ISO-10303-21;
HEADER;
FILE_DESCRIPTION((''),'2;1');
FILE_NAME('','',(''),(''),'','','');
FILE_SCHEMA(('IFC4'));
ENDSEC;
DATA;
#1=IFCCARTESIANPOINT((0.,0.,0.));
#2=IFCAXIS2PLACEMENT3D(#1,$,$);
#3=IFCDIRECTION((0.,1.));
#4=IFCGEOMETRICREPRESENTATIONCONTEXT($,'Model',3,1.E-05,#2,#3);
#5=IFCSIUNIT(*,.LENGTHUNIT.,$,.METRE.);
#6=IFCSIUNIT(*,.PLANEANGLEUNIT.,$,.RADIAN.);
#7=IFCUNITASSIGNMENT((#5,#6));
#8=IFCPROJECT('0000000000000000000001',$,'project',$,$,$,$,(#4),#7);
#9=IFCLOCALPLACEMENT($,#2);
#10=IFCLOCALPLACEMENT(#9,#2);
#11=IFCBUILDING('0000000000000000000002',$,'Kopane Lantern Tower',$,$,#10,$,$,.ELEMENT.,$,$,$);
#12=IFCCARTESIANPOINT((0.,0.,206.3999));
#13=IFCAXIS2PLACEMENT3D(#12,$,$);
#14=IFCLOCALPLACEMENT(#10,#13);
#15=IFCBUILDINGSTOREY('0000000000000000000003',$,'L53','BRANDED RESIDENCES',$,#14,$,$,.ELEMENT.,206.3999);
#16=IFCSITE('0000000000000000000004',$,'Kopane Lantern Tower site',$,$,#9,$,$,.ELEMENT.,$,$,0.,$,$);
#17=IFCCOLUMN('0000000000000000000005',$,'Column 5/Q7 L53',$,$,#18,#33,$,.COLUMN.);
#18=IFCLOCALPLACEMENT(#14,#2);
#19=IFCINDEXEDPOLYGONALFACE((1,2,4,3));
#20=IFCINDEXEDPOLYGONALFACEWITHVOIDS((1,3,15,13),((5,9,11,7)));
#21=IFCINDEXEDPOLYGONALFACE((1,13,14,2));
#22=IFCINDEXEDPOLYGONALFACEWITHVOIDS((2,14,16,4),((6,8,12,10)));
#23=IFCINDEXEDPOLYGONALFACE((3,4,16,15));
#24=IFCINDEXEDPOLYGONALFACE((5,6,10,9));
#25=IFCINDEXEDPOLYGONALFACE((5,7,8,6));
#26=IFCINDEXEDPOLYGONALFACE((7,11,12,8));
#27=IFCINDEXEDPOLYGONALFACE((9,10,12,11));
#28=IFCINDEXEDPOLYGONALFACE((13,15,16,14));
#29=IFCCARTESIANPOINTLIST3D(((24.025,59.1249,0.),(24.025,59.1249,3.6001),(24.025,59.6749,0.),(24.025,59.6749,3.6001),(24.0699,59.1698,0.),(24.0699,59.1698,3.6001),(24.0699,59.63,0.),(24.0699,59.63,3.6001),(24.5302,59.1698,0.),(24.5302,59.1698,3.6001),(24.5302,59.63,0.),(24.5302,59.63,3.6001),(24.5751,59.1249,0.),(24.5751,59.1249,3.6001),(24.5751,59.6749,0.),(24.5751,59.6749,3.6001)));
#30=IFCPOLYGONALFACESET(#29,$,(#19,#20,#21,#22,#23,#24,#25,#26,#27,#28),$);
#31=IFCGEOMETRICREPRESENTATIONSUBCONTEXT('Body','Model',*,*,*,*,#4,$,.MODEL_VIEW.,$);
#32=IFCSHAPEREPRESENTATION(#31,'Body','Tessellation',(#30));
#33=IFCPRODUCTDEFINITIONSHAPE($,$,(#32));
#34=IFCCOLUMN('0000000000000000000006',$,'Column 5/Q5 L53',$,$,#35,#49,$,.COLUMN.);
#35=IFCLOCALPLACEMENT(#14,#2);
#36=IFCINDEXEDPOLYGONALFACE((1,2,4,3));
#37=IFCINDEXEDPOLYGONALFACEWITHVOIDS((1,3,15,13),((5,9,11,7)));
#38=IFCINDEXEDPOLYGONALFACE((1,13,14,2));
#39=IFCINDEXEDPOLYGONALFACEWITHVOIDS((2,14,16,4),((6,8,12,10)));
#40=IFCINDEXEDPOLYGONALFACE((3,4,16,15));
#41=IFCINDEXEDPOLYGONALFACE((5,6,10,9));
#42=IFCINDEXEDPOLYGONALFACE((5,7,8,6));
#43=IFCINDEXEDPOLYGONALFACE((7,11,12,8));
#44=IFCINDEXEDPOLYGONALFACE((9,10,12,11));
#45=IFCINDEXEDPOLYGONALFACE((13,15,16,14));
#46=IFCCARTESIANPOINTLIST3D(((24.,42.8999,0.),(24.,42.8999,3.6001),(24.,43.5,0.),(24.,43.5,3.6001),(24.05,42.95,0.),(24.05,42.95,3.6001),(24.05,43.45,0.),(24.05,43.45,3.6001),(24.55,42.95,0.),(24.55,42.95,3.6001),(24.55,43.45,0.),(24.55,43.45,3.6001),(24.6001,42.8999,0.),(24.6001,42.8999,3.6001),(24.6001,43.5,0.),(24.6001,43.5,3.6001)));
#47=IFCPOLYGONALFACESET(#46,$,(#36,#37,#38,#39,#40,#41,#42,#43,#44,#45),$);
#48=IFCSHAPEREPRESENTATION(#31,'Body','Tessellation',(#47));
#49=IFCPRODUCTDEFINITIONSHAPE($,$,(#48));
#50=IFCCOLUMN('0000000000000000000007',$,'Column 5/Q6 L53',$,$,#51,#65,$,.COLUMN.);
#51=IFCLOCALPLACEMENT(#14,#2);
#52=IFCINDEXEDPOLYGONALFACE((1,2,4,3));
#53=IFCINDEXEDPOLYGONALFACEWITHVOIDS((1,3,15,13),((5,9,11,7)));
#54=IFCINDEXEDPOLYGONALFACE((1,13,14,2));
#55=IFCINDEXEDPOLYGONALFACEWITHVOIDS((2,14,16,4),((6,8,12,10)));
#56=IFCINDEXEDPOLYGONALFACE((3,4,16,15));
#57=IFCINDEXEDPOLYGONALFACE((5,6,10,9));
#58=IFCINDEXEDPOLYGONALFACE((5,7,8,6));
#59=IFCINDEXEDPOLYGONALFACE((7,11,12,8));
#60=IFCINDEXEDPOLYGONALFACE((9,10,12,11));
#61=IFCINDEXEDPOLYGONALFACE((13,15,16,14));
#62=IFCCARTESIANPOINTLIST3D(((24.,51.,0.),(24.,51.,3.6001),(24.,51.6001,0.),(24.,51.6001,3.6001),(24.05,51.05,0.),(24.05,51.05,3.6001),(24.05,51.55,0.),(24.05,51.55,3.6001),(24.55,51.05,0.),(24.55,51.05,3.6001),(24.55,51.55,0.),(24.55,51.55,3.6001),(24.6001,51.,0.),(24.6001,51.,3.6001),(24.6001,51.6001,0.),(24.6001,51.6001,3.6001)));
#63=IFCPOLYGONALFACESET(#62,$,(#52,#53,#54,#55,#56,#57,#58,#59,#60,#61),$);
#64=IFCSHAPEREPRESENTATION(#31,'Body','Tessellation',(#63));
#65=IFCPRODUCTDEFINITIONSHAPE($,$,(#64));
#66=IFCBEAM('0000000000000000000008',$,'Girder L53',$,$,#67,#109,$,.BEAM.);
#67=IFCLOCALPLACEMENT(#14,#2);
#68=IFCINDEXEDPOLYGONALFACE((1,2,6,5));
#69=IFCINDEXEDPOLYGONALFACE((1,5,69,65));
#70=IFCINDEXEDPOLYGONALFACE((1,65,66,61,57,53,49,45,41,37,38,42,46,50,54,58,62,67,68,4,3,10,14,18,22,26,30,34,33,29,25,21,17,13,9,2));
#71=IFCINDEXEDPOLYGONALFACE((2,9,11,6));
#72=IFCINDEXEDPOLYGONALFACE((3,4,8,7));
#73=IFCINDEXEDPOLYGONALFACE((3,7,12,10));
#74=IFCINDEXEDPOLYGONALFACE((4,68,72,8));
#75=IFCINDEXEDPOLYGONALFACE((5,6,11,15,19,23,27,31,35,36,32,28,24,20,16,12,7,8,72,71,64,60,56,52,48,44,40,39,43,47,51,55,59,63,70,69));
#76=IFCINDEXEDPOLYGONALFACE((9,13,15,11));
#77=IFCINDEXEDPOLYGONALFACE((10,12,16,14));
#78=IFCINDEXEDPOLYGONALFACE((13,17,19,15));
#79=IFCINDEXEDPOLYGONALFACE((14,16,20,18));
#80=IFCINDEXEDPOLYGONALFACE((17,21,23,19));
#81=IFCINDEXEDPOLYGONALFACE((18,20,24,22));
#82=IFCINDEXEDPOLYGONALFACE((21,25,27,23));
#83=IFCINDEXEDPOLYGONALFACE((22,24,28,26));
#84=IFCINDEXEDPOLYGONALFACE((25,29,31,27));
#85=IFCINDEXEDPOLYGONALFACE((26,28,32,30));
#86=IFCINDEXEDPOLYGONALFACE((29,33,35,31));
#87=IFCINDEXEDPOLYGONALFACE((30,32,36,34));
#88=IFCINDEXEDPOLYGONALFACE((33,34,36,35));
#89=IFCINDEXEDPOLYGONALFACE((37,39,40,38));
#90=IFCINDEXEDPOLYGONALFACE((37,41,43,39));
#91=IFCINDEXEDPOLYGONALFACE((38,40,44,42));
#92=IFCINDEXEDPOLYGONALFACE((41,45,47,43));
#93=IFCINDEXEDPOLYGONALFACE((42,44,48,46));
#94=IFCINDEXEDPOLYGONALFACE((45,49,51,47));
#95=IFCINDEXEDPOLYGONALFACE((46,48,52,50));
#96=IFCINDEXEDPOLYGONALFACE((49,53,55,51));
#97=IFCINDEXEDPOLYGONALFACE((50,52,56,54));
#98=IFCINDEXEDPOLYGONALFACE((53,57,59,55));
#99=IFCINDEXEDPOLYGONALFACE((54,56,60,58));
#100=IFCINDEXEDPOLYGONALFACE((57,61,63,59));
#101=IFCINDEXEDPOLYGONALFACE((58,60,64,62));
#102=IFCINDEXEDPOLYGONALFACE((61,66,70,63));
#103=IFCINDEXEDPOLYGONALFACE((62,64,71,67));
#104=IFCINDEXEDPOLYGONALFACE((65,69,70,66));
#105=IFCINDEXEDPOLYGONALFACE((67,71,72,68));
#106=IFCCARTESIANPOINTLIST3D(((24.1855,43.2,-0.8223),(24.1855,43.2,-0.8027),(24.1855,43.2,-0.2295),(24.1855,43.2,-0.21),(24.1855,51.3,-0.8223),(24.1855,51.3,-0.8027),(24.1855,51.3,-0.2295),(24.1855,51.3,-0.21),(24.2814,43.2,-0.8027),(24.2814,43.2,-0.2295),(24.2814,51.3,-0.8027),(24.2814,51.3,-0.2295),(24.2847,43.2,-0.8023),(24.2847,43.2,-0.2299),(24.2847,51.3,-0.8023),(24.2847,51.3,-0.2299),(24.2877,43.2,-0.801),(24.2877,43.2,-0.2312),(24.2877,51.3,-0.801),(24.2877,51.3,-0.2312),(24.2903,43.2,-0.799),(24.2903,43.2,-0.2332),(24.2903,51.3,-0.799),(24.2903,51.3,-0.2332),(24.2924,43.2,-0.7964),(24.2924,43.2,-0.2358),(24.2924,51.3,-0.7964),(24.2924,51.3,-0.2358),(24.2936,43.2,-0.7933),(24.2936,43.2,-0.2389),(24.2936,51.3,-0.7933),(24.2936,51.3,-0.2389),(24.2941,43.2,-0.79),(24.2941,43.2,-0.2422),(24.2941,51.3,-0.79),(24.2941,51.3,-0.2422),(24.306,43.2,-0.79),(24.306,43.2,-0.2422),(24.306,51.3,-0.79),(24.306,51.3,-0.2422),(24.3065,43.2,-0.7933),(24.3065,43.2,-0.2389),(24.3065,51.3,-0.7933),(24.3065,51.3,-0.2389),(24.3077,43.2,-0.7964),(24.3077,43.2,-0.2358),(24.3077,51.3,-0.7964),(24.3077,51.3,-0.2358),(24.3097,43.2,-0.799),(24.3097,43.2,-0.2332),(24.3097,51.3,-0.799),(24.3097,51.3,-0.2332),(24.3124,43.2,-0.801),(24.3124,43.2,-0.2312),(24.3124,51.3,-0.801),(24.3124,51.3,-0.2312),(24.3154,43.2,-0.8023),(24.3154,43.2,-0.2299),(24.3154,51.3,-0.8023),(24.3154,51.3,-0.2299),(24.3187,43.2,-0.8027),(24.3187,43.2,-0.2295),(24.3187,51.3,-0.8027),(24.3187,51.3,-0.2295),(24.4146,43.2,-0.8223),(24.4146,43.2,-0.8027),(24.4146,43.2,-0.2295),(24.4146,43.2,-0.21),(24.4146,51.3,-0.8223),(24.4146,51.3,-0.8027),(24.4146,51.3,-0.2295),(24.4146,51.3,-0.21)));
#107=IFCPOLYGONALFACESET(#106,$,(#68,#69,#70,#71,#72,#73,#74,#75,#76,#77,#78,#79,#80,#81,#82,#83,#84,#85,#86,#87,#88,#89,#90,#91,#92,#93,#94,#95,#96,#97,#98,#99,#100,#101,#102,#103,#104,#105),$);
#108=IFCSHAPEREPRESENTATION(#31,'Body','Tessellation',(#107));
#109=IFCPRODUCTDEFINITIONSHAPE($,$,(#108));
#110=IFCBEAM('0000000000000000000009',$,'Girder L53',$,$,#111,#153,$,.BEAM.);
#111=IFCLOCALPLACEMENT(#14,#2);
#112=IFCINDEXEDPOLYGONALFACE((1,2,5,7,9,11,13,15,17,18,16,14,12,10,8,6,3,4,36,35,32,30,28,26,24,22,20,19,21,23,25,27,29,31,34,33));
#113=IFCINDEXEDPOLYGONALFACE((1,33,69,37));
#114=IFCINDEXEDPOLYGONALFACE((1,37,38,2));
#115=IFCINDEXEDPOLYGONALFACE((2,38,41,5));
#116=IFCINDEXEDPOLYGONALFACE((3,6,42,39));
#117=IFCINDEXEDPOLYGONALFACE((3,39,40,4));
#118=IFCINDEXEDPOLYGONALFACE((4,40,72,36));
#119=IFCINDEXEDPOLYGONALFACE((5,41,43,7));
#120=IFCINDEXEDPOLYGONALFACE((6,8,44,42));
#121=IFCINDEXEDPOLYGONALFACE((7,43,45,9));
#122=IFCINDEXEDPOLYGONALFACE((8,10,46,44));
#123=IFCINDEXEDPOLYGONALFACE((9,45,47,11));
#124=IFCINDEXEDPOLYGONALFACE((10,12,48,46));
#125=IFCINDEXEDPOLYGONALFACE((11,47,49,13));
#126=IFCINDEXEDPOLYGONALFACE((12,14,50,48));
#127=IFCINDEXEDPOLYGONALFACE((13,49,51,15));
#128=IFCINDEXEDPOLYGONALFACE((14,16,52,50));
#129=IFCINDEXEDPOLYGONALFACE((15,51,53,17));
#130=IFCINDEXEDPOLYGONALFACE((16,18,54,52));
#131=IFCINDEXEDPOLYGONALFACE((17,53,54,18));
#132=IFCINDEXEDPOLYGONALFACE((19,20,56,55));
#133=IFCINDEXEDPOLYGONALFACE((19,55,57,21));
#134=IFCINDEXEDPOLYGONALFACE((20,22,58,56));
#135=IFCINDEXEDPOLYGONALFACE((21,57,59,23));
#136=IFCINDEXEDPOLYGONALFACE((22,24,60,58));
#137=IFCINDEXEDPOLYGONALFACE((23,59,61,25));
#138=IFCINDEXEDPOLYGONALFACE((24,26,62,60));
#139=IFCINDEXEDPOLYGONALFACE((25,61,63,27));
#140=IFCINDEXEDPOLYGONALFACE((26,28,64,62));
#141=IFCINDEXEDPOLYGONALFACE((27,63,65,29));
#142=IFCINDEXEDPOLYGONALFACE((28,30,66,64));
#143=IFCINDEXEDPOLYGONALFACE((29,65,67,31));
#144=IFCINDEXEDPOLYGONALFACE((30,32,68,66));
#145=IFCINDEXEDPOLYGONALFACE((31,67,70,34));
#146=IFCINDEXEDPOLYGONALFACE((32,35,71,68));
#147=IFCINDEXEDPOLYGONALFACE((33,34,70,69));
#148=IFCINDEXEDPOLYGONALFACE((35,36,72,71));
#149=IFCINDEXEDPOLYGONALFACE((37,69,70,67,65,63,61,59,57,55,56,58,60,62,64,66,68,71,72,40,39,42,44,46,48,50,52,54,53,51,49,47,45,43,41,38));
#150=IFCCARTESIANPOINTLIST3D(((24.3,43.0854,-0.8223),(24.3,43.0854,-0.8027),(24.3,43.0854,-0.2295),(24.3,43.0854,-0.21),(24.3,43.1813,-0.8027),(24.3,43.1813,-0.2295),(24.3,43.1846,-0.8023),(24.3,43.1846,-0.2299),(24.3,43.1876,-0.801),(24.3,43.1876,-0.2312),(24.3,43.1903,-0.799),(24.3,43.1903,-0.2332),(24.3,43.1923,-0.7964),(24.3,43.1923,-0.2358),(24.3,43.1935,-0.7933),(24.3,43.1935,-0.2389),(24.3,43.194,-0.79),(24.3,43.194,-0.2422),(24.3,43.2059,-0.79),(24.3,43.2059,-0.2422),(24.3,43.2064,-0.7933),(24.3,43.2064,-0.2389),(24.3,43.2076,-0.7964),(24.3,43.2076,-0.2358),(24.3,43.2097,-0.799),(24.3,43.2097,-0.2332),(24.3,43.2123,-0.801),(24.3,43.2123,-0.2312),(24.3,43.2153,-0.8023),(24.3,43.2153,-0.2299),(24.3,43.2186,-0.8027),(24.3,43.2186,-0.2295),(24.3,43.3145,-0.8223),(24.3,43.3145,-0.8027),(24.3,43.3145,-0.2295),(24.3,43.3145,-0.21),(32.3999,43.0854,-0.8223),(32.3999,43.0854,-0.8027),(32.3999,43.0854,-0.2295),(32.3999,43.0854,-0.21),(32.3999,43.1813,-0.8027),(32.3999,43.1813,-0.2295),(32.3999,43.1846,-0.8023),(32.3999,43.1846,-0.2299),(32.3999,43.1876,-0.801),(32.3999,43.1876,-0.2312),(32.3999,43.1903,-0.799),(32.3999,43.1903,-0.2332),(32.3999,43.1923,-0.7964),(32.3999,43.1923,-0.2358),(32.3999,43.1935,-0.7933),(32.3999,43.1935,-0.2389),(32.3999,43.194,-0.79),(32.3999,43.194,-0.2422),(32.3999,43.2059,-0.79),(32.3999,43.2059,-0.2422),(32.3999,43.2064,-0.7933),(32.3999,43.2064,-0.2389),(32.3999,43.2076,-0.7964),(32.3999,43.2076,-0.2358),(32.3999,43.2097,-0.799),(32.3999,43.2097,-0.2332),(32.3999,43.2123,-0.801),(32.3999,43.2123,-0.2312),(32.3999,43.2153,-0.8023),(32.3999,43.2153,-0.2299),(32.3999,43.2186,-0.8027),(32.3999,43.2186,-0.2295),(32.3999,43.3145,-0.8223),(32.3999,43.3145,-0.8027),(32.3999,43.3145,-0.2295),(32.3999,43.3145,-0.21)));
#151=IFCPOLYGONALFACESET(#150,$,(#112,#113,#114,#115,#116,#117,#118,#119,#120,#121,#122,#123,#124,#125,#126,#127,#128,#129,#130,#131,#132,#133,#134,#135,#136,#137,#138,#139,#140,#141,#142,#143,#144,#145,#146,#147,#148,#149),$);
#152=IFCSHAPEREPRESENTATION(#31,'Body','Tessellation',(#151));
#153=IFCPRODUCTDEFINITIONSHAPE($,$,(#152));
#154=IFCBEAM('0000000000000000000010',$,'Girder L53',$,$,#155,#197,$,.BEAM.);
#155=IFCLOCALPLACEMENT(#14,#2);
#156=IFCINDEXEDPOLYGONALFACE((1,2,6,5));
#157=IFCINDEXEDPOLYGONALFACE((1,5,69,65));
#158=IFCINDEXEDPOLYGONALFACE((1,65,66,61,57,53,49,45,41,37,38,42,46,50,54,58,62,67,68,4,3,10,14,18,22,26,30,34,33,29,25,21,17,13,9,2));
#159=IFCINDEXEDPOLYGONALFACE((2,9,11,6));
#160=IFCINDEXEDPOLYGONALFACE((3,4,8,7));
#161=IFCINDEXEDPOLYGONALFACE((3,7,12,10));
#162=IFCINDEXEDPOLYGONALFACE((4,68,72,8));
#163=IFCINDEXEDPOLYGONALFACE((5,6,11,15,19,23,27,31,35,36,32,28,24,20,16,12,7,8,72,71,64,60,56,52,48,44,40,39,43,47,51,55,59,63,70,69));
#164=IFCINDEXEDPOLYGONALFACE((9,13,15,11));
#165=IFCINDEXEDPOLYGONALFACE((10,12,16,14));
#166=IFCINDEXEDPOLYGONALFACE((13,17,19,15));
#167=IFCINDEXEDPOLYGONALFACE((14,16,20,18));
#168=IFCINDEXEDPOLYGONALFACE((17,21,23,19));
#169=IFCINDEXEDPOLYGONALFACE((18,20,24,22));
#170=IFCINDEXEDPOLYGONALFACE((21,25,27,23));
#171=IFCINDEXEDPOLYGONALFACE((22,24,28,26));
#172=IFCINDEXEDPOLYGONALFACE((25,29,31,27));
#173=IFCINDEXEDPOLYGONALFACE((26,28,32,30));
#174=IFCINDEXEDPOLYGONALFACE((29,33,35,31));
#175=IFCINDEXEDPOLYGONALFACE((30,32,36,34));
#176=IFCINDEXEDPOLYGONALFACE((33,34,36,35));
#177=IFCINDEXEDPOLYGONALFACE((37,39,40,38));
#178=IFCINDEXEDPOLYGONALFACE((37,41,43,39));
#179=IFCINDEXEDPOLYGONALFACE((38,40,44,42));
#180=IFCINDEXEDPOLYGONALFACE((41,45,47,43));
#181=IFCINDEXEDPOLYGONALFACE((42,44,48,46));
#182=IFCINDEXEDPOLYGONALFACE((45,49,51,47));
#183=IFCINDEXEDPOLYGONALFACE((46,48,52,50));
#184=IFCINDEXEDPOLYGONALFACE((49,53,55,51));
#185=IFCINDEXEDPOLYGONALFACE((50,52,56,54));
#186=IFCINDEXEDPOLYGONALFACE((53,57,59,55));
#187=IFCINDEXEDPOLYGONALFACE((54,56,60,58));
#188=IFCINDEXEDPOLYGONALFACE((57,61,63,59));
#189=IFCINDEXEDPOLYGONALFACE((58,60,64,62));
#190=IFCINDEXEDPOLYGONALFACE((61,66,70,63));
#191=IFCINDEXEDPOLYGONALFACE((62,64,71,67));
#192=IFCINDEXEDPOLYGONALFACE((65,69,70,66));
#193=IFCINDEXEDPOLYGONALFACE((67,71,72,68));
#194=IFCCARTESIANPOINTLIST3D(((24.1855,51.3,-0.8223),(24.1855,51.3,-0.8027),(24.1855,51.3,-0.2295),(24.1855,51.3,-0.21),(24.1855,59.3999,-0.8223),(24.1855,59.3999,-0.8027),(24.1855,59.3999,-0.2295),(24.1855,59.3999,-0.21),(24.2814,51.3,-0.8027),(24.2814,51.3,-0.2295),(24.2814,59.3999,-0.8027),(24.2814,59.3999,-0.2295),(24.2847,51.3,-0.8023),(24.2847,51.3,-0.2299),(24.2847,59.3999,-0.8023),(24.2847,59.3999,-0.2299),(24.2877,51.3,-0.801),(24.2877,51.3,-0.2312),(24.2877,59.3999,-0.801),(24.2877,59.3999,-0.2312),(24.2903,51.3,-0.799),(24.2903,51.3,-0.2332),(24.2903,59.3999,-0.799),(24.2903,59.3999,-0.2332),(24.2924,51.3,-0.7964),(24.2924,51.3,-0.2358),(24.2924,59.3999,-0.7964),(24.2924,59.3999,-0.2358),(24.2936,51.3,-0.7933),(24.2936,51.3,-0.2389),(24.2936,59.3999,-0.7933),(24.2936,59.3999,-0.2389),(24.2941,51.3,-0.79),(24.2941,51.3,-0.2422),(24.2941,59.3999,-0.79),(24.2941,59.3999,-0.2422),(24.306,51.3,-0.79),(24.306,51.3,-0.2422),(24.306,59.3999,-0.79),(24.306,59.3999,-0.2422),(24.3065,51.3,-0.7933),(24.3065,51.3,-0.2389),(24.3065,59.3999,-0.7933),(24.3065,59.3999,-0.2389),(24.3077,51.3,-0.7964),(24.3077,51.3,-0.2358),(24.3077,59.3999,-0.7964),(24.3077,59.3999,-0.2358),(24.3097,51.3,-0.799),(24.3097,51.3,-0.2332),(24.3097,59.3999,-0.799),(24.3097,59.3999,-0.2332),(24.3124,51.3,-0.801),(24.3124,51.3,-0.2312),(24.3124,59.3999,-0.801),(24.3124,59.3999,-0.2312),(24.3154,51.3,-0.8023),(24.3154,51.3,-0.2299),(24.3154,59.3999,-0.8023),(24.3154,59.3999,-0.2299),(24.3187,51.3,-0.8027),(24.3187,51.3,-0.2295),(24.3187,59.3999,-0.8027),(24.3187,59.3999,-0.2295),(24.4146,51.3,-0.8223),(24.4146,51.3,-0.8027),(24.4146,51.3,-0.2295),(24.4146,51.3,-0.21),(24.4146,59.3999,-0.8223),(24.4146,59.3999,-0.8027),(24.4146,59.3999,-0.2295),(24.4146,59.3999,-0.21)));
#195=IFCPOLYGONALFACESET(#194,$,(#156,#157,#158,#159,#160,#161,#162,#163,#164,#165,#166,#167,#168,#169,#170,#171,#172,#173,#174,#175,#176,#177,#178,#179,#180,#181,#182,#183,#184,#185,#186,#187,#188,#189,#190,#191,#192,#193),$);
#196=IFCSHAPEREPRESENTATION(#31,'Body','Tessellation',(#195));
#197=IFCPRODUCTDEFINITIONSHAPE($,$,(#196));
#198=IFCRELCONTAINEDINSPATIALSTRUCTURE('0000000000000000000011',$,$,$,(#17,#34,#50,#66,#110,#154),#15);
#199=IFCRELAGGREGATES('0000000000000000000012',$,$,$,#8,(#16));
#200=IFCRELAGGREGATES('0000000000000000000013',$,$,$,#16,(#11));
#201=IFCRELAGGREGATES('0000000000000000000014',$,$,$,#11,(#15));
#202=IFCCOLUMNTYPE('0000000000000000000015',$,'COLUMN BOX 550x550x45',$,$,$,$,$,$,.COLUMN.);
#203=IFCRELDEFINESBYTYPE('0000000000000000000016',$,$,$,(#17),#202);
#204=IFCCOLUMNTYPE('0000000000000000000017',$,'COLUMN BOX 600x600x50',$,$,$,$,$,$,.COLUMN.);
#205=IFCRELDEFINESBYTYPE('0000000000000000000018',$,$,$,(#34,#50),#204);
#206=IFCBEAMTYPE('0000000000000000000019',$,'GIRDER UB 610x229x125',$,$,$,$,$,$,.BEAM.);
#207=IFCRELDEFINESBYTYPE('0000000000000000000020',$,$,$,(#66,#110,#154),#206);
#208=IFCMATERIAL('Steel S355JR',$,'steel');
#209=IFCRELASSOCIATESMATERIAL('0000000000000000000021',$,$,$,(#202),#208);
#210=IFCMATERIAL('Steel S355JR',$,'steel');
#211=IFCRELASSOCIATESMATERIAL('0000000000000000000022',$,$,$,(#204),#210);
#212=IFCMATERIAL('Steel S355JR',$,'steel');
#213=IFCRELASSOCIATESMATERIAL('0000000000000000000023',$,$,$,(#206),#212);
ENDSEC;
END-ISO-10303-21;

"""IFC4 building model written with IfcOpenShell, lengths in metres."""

from ifc_helpers import new_model, si_unit, direction, frame, origin, origin_2d, place, context, subcontext, project, spatial, hollow_rectangle, i_section, extrude, material, material_profile, profile_set, type_object, element, save


model = new_model("IFC4")

# Units and contexts
model_context = context("Model", 3, precision=1e-05, world=origin(), true_north=direction((0.0, 1.0)))
body_context = subcontext(model_context, "Body", "Model", "MODEL_VIEW")
ifc_project = project(units=[si_unit("LENGTHUNIT", "METRE"), si_unit("PLANEANGLEUNIT", "RADIAN")], contexts=[model_context])

# Site, building, storey
site_placement = place(None, origin())
site = spatial("IfcSite", under=ifc_project, at=site_placement, Name="Kopane Lantern Tower site", CompositionType="ELEMENT", RefElevation=0.0)
building_placement = place(site_placement, origin())
building = spatial("IfcBuilding", under=site, at=building_placement, Name="Kopane Lantern Tower", CompositionType="ELEMENT")
storey_placement = place(building_placement, frame((0.0, 0.0, 206.3999)))
storey = spatial("IfcBuildingStorey", under=building, at=storey_placement, Name="L53", Description="BRANDED RESIDENCES", CompositionType="ELEMENT", Elevation=206.3999)

# Columns
ifc_material_1 = material(Name="Steel S355JR", Category="steel")
ifc_material_profile_1 = material_profile(ifc_material_1, hollow_rectangle(XDim=0.55, YDim=0.55, WallThickness=0.0449, at=origin_2d()), Name="BOX 550x550x45")
ifc_profile_set_1 = profile_set([ifc_material_profile_1], Name="Steel S355JR")
column_type_1 = type_object("IfcColumnType", Name="COLUMN BOX 550x550x45", PredefinedType="COLUMN", material=ifc_profile_set_1)
column_placement = place(storey_placement, frame((24.3, 59.3999, 0.0), z_axis=(0.0, 0.0, 1.0), x_axis=(1.0, 0.0, 0.0)))
element("IfcColumn", 1, at=column_placement, inside=storey, type_object=column_type_1, Name="Column 5/Q7 L53", PredefinedType="COLUMN", context=body_context, shape_type="SweptSolid", body=[
    extrude(hollow_rectangle(XDim=0.55, YDim=0.55, WallThickness=0.0449, at=origin_2d()), origin(), (0.0, 0.0, 1.0), 3.6001),
])
ifc_material_2 = material(Name="Steel S355JR", Category="steel")
ifc_material_profile_2 = material_profile(ifc_material_2, hollow_rectangle(XDim=0.6001, YDim=0.6001, WallThickness=0.05, at=origin_2d()), Name="BOX 600x600x50")
ifc_profile_set_2 = profile_set([ifc_material_profile_2], Name="Steel S355JR")
column_type_2 = type_object("IfcColumnType", Name="COLUMN BOX 600x600x50", PredefinedType="COLUMN", material=ifc_profile_set_2)
for number, where, z_axis, x_axis, name in (
    (2, (24.3, 43.2, 0.0), (0.0, 0.0, 1.0), (1.0, 0.0, 0.0), "Column 5/Q5 L53"),
    (3, (24.3, 51.3, 0.0), (0.0, 0.0, 1.0), (1.0, 0.0, 0.0), "Column 5/Q6 L53"),
):
    element("IfcColumn", number, at=place(storey_placement, frame(where, z_axis=z_axis, x_axis=x_axis)), inside=storey, type_object=column_type_2, Name=name, PredefinedType="COLUMN", context=body_context, shape_type="SweptSolid", body=[
        extrude(hollow_rectangle(XDim=0.6001, YDim=0.6001, WallThickness=0.05, at=origin_2d()), origin(), (0.0, 0.0, 1.0), 3.6001),
    ])

# Beams
ifc_material_3 = material(Name="Steel S355JR", Category="steel")
ifc_material_profile_3 = material_profile(ifc_material_3, i_section(OverallWidth=0.229, OverallDepth=0.6123, WebThickness=0.012, FlangeThickness=0.0195, FilletRadius=0.0127, at=origin_2d()), Name="UB 610x229x125")
ifc_profile_set_3 = profile_set([ifc_material_profile_3], Name="Steel S355JR")
beam_type = type_object("IfcBeamType", Name="GIRDER UB 610x229x125", PredefinedType="BEAM", material=ifc_profile_set_3)
beam_placement = place(storey_placement, frame((24.3, 43.2, -0.5161), z_axis=(0.0, 1.0, 0.0), x_axis=(-1.0, 0.0, 0.0)))
element("IfcBeam", 4, at=beam_placement, inside=storey, type_object=beam_type, Name="Girder L53", PredefinedType="BEAM", context=body_context, shape_type="SweptSolid", body=[
    extrude(i_section(OverallWidth=0.229, OverallDepth=0.6123, WebThickness=0.012, FlangeThickness=0.0195, FilletRadius=0.0127, at=origin_2d()), origin(), (0.0, 0.0, 1.0), 8.1001),
])
for number, where, z_axis, x_axis, name in (
    (5, (24.3, 43.2, -0.5161), (1.0, 0.0, 0.0), (0.0, 1.0, 0.0), "Girder L53"),
    (6, (24.3, 51.3, -0.5161), (0.0, 1.0, 0.0), (-1.0, 0.0, 0.0), "Girder L53"),
):
    element("IfcBeam", number, at=place(storey_placement, frame(where, z_axis=z_axis, x_axis=x_axis)), inside=storey, type_object=beam_type, Name=name, PredefinedType="BEAM", context=body_context, shape_type="SweptSolid", body=[
        extrude(i_section(OverallWidth=0.229, OverallDepth=0.6123, WebThickness=0.012, FlangeThickness=0.0195, FilletRadius=0.0127, at=origin_2d()), origin(), (0.0, 0.0, 1.0), 8.0999),
    ])

save(model, "model.ifc")
